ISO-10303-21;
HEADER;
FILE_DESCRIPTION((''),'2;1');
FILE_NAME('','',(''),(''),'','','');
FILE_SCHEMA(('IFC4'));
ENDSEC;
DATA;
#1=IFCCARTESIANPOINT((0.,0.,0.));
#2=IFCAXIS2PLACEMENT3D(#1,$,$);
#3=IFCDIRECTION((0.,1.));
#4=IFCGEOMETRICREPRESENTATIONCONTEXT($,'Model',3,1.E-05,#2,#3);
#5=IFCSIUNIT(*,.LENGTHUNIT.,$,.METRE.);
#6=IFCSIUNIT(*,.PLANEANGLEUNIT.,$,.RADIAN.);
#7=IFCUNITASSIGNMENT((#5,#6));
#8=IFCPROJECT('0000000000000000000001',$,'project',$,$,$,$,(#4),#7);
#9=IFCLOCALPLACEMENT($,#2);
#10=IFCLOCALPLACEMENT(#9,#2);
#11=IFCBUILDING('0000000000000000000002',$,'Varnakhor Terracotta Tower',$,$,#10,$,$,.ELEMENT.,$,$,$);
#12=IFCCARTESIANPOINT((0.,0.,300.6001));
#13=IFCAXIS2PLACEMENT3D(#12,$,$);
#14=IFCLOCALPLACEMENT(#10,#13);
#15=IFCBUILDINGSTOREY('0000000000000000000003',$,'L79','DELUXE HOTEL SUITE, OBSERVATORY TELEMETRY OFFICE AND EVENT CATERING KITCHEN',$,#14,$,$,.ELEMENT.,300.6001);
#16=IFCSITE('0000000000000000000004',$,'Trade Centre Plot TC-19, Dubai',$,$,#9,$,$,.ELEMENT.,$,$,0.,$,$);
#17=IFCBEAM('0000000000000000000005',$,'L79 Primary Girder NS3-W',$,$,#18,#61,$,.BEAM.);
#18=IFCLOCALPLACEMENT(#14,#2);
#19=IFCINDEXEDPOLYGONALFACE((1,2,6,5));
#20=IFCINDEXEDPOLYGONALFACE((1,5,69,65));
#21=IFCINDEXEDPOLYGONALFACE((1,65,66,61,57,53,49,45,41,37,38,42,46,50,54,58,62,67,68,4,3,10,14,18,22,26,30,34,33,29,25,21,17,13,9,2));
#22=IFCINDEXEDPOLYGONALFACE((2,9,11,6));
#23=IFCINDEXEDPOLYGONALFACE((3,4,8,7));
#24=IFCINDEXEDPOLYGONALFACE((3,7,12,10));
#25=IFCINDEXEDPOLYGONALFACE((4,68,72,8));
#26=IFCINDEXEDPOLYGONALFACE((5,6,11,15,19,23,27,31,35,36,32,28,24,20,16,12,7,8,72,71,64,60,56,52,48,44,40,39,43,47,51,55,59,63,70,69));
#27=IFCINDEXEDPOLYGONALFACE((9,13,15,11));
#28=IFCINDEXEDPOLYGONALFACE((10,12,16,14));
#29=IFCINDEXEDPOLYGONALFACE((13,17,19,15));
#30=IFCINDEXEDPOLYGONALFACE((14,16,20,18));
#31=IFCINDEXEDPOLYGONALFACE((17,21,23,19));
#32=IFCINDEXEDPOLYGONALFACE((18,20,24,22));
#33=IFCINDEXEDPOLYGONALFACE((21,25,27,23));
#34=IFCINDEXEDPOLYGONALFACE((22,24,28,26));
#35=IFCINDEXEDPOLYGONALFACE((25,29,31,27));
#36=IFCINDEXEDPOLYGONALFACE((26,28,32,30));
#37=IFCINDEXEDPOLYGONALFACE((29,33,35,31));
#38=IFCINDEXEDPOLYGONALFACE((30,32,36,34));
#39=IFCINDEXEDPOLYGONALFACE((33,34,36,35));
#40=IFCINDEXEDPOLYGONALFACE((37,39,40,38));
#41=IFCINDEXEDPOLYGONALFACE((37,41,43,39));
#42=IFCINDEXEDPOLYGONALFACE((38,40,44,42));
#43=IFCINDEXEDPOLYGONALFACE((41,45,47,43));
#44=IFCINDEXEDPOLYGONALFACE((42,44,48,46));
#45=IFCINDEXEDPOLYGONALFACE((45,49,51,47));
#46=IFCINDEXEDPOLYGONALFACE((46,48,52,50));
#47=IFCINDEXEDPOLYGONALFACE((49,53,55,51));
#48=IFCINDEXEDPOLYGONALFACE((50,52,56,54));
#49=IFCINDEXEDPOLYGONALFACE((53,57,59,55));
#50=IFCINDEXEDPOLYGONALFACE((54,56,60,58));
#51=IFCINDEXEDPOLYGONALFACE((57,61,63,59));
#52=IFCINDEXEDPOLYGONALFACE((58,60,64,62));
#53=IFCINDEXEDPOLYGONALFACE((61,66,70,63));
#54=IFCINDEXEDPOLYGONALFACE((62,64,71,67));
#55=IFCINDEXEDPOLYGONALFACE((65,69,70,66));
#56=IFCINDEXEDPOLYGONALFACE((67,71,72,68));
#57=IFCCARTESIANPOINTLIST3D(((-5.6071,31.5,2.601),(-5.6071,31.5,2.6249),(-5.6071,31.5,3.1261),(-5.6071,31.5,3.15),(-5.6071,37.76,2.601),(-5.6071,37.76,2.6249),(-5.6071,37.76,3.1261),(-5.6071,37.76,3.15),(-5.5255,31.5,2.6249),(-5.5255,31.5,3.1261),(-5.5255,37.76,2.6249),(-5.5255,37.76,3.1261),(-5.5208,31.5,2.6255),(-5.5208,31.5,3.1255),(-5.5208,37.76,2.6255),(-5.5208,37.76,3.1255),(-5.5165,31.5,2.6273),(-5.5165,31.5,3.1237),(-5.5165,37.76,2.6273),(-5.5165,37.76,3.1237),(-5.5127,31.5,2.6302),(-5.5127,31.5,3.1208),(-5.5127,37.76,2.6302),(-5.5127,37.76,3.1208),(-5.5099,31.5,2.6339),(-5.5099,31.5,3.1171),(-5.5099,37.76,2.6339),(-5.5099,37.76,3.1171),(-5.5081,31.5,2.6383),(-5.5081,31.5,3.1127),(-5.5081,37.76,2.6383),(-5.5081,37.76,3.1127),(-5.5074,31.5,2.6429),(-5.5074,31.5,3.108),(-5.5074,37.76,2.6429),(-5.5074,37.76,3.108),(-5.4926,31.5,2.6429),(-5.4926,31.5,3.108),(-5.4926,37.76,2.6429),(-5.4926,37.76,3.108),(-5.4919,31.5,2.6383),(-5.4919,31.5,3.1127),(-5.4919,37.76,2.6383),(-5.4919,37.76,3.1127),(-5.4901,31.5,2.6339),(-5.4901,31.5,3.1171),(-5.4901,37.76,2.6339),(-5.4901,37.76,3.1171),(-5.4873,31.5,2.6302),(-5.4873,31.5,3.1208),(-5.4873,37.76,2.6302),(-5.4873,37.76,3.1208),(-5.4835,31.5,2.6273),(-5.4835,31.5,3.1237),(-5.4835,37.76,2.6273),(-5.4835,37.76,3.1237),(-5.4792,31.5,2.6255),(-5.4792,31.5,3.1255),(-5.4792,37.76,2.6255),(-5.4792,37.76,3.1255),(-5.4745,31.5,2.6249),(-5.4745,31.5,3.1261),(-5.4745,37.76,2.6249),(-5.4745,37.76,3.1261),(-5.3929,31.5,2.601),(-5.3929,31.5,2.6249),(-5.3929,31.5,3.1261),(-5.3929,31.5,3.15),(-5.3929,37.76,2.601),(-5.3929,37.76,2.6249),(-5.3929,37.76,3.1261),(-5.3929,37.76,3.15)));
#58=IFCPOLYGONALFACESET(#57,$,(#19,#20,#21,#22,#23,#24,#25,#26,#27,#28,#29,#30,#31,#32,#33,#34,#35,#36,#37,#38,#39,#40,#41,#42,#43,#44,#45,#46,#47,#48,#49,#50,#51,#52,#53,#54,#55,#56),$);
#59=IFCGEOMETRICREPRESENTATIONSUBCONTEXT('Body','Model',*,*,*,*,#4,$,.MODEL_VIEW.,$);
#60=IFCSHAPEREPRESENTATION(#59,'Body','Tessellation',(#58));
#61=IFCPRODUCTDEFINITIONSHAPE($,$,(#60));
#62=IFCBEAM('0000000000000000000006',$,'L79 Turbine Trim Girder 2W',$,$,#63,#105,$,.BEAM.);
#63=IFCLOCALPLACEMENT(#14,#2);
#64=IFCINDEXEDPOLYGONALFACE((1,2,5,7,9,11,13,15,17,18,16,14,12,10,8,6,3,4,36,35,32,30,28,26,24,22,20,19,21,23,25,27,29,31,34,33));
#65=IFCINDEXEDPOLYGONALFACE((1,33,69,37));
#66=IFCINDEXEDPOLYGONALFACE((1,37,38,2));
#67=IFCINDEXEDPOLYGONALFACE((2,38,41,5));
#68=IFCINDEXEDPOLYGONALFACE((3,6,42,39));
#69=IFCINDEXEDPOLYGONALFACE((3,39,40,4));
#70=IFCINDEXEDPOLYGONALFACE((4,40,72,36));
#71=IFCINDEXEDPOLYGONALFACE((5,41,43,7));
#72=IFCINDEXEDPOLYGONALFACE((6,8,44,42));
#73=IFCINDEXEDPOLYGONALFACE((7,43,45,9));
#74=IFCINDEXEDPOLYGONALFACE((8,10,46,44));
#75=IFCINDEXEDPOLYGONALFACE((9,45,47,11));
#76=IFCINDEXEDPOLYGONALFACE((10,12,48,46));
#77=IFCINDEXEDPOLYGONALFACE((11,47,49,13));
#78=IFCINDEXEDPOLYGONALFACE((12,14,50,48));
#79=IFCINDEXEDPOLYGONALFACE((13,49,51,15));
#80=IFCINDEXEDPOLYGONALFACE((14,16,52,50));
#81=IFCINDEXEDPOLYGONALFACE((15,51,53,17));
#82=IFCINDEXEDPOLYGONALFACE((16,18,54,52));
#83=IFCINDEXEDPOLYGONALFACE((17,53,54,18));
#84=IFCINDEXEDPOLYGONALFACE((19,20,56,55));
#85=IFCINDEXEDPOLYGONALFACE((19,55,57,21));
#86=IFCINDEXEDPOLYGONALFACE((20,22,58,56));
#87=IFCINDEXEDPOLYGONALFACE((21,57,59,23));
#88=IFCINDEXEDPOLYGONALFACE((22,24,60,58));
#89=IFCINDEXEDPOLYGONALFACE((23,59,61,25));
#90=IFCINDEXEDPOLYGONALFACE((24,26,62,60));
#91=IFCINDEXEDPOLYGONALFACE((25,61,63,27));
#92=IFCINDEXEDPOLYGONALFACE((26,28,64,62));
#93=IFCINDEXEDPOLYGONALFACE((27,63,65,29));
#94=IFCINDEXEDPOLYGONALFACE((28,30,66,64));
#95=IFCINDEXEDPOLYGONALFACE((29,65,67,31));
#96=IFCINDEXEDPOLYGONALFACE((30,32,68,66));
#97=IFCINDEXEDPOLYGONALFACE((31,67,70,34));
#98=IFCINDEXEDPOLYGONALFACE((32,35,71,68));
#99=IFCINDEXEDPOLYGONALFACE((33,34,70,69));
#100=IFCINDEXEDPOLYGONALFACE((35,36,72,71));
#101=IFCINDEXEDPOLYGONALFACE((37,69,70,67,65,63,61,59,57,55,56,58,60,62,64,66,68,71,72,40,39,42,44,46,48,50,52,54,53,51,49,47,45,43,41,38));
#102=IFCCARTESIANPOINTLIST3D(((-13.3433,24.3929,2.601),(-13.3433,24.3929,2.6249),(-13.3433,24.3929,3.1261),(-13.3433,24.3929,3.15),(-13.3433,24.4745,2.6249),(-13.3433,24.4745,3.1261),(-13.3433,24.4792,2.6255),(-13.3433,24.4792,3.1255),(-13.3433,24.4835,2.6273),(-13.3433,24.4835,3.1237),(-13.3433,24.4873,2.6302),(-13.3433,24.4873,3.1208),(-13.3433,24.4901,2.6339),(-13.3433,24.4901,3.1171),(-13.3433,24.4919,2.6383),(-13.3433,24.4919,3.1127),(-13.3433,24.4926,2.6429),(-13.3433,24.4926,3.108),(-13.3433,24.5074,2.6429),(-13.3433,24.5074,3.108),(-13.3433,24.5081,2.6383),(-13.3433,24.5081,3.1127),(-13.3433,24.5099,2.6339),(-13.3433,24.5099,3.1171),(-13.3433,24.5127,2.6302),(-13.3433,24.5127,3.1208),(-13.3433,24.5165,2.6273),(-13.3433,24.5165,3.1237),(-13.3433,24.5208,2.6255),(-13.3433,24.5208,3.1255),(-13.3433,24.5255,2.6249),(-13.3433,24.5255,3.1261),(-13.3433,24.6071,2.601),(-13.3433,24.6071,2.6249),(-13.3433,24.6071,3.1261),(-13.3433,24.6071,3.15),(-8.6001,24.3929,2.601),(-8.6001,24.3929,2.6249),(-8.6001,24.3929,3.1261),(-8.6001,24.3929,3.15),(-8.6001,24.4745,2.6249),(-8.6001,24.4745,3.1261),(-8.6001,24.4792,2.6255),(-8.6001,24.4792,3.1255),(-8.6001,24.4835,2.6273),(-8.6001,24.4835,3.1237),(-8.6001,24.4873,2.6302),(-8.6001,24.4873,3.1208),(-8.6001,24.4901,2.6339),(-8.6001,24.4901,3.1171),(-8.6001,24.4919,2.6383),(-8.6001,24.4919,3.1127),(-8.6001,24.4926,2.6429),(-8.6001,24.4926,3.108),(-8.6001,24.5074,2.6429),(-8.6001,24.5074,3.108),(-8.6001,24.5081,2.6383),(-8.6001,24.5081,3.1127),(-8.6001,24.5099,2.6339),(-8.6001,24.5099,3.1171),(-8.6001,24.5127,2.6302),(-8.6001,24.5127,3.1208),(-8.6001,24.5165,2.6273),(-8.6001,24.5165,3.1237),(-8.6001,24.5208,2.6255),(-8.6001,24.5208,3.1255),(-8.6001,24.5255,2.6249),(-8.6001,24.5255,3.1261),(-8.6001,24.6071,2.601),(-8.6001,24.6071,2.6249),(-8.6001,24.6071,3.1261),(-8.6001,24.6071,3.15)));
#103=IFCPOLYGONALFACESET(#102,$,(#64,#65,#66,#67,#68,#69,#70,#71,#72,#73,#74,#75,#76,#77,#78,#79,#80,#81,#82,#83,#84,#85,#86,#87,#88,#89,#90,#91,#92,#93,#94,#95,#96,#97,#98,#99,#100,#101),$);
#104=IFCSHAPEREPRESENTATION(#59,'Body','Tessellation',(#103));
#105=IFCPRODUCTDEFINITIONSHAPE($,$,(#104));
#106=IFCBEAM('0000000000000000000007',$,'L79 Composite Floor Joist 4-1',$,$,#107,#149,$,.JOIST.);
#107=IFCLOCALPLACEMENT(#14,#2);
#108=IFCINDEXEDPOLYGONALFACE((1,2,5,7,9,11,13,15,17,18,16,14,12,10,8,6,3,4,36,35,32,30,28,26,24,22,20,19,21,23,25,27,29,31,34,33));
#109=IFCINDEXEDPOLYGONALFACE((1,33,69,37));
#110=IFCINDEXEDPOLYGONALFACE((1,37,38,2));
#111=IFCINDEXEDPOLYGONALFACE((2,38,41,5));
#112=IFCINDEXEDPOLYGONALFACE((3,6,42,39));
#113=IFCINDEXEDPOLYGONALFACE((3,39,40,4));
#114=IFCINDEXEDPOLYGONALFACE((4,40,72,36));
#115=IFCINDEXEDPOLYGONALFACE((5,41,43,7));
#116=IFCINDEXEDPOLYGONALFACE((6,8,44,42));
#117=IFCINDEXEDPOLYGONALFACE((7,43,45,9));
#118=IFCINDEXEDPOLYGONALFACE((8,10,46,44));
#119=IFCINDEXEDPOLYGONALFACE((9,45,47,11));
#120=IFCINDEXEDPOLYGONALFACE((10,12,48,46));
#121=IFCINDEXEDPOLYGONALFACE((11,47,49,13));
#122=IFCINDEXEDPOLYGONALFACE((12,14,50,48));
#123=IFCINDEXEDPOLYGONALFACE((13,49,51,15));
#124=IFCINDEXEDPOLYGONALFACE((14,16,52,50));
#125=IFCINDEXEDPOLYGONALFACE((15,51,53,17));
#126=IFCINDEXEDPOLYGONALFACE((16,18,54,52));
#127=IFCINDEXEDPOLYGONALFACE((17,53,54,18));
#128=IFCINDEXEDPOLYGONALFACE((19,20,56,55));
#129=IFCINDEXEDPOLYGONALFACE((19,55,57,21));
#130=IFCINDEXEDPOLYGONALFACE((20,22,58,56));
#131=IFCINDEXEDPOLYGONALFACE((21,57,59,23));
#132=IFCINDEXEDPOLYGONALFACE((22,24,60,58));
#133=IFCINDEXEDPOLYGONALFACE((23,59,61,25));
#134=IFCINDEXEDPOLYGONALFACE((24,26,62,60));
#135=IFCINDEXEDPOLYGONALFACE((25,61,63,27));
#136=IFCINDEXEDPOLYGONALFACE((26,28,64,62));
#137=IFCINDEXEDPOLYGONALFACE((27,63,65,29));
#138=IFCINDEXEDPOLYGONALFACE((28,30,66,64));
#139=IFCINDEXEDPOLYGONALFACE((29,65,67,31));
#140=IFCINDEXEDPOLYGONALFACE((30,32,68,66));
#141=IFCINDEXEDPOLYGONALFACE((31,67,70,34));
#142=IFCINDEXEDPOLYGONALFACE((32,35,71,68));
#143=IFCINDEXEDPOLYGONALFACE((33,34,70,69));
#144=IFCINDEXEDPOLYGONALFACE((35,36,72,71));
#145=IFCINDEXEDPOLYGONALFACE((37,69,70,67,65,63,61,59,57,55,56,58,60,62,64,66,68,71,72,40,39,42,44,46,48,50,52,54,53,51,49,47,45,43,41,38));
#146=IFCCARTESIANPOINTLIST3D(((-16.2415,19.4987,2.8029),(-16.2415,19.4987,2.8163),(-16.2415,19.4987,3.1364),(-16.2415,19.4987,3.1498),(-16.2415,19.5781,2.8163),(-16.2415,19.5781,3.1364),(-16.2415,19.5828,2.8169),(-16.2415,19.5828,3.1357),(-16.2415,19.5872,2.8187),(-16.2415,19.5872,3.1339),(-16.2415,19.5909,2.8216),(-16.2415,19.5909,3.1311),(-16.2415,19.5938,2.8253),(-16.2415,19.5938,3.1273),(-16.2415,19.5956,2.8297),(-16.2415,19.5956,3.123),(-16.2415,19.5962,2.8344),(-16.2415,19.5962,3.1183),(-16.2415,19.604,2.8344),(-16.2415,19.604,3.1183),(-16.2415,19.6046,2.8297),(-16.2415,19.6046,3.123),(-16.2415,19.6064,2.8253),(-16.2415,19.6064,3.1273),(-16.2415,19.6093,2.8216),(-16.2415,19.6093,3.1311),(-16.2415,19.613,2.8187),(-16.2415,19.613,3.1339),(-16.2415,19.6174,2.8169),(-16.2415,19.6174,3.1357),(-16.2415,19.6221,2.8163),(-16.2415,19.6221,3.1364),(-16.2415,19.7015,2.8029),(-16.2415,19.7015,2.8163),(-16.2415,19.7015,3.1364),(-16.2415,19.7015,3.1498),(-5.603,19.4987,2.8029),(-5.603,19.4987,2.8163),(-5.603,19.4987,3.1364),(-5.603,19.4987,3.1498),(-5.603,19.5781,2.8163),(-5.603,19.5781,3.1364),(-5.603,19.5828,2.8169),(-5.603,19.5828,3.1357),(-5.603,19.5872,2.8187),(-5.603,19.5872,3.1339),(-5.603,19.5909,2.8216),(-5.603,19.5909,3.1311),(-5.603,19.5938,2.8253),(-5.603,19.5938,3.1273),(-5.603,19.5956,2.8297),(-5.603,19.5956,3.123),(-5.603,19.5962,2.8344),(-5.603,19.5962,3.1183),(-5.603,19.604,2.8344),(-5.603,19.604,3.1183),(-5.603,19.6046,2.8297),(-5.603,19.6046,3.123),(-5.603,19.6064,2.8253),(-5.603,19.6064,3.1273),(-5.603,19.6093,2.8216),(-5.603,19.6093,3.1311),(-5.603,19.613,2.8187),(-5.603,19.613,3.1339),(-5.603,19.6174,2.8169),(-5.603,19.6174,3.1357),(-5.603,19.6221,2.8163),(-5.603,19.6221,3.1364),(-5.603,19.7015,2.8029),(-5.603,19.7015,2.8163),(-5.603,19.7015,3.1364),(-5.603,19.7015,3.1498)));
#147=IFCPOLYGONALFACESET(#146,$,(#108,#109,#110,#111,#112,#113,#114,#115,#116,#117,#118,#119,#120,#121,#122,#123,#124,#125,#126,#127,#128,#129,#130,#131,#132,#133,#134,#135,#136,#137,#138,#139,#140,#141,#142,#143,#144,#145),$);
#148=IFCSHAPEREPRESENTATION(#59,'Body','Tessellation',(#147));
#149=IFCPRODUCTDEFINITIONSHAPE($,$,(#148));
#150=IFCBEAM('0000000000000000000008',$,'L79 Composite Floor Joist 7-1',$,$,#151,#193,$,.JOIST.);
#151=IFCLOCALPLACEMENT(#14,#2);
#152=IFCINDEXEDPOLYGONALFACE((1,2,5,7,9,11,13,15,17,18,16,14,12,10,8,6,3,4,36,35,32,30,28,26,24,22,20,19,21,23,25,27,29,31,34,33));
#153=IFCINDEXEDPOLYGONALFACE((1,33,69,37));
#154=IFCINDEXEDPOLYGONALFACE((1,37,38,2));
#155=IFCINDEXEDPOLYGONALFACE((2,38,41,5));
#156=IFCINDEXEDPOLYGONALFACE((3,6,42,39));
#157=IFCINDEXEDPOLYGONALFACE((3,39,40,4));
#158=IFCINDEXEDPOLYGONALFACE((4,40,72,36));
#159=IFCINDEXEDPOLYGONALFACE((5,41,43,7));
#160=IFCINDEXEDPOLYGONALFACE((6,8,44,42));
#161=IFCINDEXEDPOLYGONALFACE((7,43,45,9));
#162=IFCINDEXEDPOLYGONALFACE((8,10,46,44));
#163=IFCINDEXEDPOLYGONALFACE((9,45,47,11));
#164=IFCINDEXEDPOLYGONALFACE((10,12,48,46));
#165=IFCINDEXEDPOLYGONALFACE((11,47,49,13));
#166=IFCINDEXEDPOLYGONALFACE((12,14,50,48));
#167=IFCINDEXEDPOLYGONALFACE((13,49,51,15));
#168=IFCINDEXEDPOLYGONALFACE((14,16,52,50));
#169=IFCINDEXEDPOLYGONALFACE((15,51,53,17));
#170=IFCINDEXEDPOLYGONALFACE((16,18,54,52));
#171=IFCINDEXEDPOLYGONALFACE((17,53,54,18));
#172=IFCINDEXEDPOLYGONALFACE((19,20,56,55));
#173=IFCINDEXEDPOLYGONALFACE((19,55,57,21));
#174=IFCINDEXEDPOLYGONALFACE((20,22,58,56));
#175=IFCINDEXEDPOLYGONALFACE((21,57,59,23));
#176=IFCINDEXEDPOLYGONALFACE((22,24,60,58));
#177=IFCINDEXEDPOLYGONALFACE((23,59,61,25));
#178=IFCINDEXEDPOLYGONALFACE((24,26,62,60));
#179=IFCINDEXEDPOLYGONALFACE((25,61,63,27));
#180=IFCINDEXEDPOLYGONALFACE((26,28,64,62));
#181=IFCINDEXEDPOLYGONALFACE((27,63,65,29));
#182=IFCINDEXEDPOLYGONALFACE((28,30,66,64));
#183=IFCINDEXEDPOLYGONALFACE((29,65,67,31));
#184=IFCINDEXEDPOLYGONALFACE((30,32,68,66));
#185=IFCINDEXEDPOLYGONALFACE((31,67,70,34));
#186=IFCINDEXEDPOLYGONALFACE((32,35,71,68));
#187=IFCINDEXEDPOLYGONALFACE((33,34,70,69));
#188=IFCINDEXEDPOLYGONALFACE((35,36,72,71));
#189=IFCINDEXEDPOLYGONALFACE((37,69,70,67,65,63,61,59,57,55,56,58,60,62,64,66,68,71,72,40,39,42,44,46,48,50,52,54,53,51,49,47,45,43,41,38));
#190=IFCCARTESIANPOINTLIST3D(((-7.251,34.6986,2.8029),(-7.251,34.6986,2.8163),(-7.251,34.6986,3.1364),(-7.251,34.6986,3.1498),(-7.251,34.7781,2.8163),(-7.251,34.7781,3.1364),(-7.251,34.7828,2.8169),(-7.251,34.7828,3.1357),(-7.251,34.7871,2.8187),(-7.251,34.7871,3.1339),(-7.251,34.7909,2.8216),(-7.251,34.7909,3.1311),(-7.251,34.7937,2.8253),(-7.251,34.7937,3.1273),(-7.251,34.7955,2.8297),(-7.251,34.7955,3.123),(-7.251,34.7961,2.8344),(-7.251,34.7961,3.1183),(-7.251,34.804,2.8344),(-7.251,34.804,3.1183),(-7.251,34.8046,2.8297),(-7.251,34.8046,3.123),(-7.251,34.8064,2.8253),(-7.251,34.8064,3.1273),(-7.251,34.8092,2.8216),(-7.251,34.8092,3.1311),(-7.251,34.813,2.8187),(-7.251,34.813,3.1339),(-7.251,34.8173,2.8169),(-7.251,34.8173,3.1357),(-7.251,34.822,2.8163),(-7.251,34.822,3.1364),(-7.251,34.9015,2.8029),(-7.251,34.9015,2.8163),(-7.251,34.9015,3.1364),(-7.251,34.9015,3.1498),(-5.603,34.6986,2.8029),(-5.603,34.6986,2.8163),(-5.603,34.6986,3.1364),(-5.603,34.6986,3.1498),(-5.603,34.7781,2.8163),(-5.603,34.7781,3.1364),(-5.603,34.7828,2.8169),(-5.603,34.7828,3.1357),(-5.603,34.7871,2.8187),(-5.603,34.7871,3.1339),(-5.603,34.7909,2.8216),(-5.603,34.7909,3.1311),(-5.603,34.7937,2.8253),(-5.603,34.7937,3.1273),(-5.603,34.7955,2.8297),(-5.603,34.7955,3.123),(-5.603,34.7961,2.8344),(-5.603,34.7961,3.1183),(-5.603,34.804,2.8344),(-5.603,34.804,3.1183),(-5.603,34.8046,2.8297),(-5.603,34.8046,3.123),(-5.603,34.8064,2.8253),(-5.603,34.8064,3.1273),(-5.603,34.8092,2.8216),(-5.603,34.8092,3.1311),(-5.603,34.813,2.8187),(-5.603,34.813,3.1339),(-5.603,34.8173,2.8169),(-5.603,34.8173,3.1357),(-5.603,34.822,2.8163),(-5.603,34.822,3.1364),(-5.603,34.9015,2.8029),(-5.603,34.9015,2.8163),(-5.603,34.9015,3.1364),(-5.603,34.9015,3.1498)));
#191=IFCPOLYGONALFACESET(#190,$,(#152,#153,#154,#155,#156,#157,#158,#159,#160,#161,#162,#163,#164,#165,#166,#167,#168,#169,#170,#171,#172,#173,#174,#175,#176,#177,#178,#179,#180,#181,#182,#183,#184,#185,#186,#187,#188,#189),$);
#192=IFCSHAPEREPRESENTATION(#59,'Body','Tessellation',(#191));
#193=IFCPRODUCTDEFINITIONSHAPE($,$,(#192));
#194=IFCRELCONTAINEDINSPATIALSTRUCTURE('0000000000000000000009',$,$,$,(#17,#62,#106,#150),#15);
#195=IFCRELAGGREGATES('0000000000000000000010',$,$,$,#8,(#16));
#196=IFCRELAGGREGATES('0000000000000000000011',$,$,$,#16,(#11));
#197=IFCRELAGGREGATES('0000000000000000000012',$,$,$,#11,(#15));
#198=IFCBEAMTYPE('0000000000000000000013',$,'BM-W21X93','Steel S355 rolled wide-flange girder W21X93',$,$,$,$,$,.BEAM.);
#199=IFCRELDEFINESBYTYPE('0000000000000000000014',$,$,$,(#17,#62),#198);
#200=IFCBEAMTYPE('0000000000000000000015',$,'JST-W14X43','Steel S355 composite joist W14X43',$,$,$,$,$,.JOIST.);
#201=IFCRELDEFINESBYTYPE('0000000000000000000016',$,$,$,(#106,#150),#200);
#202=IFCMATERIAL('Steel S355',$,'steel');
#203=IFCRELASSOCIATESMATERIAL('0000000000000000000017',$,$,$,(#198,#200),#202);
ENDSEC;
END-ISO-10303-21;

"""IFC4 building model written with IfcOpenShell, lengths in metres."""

from ifc_helpers import new_model, si_unit, direction, frame, origin, origin_2d, place, context, subcontext, project, spatial, i_section, extrude, source, transform, mapped, material, material_profile, profile_set, type_object, element, save


model = new_model("IFC4")

# Units and contexts
model_context = context("Model", 3, precision=1e-05, world=origin(), true_north=direction((0.0, 1.0)))
body_context = subcontext(model_context, "Body", "Model", "MODEL_VIEW")
ifc_project = project(units=[si_unit("LENGTHUNIT", "METRE"), si_unit("PLANEANGLEUNIT", "RADIAN")], contexts=[model_context])

# Site, building, storey
site_placement = place(None, origin())
site = spatial("IfcSite", under=ifc_project, at=site_placement, Name="Trade Centre Plot TC-19, Dubai", CompositionType="ELEMENT", RefElevation=0.0)
building_placement = place(site_placement, origin())
building = spatial("IfcBuilding", under=site, at=building_placement, Name="Varnakhor Terracotta Tower", CompositionType="ELEMENT")
storey_placement = place(building_placement, frame((0.0, 0.0, 300.6001)))
storey = spatial("IfcBuildingStorey", under=building, at=storey_placement, Name="L79", Description="DELUXE HOTEL SUITE, OBSERVATORY TELEMETRY OFFICE AND EVENT CATERING KITCHEN", CompositionType="ELEMENT", Elevation=300.6001)

# Shared definitions
ifc_material_1 = material(Name="Steel S355", Category="steel")

# Beams
ifc_material_profile_1 = material_profile(ifc_material_1, i_section(OverallWidth=0.2141, OverallDepth=0.5491, WebThickness=0.0149, FlangeThickness=0.0239, FilletRadius=0.0181, at=origin_2d()), Name="W21X93")
ifc_profile_set_1 = profile_set([ifc_material_profile_1], Name="Steel S355")
beam_type_1 = type_object("IfcBeamType", Name="BM-W21X93", Description="Steel S355 rolled wide-flange girder W21X93", PredefinedType="BEAM", material=ifc_profile_set_1)
ifc_material_profile_2 = material_profile(ifc_material_1, i_section(OverallWidth=0.2029, OverallDepth=0.3469, WebThickness=0.0078, FlangeThickness=0.0134, FilletRadius=0.0181, at=origin_2d()), Name="W14X43")
ifc_profile_set_2 = profile_set([ifc_material_profile_2], Name="Steel S355")
beam_type_2 = type_object("IfcBeamType", Name="JST-W14X43", Description="Steel S355 composite joist W14X43", PredefinedType="JOIST", material=ifc_profile_set_2)
shared_shape_1 = source(origin(), body_context, "Body", "SweptSolid", [
    extrude(i_section(OverallWidth=0.2141, OverallDepth=0.5491, WebThickness=0.0149, FlangeThickness=0.0239, FilletRadius=0.0181, at=origin_2d()), origin(), (0.0, 0.0, 1.0), 6.26),
])
beam_1_placement = place(storey_placement, frame((-5.5, 31.5, 2.8755), z_axis=(0.0, 1.0, 0.0), x_axis=(-1.0, 0.0, 0.0)))
element("IfcBeam", 1, at=beam_1_placement, inside=storey, type_object=beam_type_1, Name="L79 Primary Girder NS3-W", PredefinedType="BEAM", context=body_context, shape_type="MappedRepresentation", body=[
    mapped(shared_shape_1, transform((0.0, 0.0, 0.0), scale=1.0)),
])
shared_shape_2 = source(origin(), body_context, "Body", "SweptSolid", [
    extrude(i_section(OverallWidth=0.2141, OverallDepth=0.5491, WebThickness=0.0149, FlangeThickness=0.0239, FilletRadius=0.0181, at=origin_2d()), origin(), (0.0, 0.0, 1.0), 4.7432),
])
beam_2_placement = place(storey_placement, frame((-13.3433, 24.5, 2.8755), z_axis=(1.0, 0.0, 0.0), x_axis=(0.0, 1.0, 0.0)))
element("IfcBeam", 2, at=beam_2_placement, inside=storey, type_object=beam_type_1, Name="L79 Turbine Trim Girder 2W", PredefinedType="BEAM", context=body_context, shape_type="MappedRepresentation", body=[
    mapped(shared_shape_2, transform((0.0, 0.0, 0.0), scale=1.0)),
])
shared_shape_3 = source(origin(), body_context, "Body", "SweptSolid", [
    extrude(i_section(OverallWidth=0.2029, OverallDepth=0.3469, WebThickness=0.0078, FlangeThickness=0.0134, FilletRadius=0.0181, at=origin_2d()), origin(), (0.0, 0.0, 1.0), 10.6384),
])
beam_3_placement = place(storey_placement, frame((-16.2415, 19.6001, 2.9763), z_axis=(1.0, 0.0, 0.0), x_axis=(0.0, 1.0, 0.0)))
element("IfcBeam", 3, at=beam_3_placement, inside=storey, type_object=beam_type_2, Name="L79 Composite Floor Joist 4-1", PredefinedType="JOIST", context=body_context, shape_type="MappedRepresentation", body=[
    mapped(shared_shape_3, transform((0.0, 0.0, 0.0), scale=1.0)),
])
shared_shape_4 = source(origin(), body_context, "Body", "SweptSolid", [
    extrude(i_section(OverallWidth=0.2029, OverallDepth=0.3469, WebThickness=0.0078, FlangeThickness=0.0134, FilletRadius=0.0181, at=origin_2d()), origin(), (0.0, 0.0, 1.0), 1.6479),
])
beam_4_placement = place(storey_placement, frame((-7.251, 34.8, 2.9763), z_axis=(1.0, 0.0, 0.0), x_axis=(0.0, 1.0, 0.0)))
element("IfcBeam", 4, at=beam_4_placement, inside=storey, type_object=beam_type_2, Name="L79 Composite Floor Joist 7-1", PredefinedType="JOIST", context=body_context, shape_type="MappedRepresentation", body=[
    mapped(shared_shape_4, transform((0.0, 0.0, 0.0), scale=1.0)),
])

save(model, "model.ifc")
